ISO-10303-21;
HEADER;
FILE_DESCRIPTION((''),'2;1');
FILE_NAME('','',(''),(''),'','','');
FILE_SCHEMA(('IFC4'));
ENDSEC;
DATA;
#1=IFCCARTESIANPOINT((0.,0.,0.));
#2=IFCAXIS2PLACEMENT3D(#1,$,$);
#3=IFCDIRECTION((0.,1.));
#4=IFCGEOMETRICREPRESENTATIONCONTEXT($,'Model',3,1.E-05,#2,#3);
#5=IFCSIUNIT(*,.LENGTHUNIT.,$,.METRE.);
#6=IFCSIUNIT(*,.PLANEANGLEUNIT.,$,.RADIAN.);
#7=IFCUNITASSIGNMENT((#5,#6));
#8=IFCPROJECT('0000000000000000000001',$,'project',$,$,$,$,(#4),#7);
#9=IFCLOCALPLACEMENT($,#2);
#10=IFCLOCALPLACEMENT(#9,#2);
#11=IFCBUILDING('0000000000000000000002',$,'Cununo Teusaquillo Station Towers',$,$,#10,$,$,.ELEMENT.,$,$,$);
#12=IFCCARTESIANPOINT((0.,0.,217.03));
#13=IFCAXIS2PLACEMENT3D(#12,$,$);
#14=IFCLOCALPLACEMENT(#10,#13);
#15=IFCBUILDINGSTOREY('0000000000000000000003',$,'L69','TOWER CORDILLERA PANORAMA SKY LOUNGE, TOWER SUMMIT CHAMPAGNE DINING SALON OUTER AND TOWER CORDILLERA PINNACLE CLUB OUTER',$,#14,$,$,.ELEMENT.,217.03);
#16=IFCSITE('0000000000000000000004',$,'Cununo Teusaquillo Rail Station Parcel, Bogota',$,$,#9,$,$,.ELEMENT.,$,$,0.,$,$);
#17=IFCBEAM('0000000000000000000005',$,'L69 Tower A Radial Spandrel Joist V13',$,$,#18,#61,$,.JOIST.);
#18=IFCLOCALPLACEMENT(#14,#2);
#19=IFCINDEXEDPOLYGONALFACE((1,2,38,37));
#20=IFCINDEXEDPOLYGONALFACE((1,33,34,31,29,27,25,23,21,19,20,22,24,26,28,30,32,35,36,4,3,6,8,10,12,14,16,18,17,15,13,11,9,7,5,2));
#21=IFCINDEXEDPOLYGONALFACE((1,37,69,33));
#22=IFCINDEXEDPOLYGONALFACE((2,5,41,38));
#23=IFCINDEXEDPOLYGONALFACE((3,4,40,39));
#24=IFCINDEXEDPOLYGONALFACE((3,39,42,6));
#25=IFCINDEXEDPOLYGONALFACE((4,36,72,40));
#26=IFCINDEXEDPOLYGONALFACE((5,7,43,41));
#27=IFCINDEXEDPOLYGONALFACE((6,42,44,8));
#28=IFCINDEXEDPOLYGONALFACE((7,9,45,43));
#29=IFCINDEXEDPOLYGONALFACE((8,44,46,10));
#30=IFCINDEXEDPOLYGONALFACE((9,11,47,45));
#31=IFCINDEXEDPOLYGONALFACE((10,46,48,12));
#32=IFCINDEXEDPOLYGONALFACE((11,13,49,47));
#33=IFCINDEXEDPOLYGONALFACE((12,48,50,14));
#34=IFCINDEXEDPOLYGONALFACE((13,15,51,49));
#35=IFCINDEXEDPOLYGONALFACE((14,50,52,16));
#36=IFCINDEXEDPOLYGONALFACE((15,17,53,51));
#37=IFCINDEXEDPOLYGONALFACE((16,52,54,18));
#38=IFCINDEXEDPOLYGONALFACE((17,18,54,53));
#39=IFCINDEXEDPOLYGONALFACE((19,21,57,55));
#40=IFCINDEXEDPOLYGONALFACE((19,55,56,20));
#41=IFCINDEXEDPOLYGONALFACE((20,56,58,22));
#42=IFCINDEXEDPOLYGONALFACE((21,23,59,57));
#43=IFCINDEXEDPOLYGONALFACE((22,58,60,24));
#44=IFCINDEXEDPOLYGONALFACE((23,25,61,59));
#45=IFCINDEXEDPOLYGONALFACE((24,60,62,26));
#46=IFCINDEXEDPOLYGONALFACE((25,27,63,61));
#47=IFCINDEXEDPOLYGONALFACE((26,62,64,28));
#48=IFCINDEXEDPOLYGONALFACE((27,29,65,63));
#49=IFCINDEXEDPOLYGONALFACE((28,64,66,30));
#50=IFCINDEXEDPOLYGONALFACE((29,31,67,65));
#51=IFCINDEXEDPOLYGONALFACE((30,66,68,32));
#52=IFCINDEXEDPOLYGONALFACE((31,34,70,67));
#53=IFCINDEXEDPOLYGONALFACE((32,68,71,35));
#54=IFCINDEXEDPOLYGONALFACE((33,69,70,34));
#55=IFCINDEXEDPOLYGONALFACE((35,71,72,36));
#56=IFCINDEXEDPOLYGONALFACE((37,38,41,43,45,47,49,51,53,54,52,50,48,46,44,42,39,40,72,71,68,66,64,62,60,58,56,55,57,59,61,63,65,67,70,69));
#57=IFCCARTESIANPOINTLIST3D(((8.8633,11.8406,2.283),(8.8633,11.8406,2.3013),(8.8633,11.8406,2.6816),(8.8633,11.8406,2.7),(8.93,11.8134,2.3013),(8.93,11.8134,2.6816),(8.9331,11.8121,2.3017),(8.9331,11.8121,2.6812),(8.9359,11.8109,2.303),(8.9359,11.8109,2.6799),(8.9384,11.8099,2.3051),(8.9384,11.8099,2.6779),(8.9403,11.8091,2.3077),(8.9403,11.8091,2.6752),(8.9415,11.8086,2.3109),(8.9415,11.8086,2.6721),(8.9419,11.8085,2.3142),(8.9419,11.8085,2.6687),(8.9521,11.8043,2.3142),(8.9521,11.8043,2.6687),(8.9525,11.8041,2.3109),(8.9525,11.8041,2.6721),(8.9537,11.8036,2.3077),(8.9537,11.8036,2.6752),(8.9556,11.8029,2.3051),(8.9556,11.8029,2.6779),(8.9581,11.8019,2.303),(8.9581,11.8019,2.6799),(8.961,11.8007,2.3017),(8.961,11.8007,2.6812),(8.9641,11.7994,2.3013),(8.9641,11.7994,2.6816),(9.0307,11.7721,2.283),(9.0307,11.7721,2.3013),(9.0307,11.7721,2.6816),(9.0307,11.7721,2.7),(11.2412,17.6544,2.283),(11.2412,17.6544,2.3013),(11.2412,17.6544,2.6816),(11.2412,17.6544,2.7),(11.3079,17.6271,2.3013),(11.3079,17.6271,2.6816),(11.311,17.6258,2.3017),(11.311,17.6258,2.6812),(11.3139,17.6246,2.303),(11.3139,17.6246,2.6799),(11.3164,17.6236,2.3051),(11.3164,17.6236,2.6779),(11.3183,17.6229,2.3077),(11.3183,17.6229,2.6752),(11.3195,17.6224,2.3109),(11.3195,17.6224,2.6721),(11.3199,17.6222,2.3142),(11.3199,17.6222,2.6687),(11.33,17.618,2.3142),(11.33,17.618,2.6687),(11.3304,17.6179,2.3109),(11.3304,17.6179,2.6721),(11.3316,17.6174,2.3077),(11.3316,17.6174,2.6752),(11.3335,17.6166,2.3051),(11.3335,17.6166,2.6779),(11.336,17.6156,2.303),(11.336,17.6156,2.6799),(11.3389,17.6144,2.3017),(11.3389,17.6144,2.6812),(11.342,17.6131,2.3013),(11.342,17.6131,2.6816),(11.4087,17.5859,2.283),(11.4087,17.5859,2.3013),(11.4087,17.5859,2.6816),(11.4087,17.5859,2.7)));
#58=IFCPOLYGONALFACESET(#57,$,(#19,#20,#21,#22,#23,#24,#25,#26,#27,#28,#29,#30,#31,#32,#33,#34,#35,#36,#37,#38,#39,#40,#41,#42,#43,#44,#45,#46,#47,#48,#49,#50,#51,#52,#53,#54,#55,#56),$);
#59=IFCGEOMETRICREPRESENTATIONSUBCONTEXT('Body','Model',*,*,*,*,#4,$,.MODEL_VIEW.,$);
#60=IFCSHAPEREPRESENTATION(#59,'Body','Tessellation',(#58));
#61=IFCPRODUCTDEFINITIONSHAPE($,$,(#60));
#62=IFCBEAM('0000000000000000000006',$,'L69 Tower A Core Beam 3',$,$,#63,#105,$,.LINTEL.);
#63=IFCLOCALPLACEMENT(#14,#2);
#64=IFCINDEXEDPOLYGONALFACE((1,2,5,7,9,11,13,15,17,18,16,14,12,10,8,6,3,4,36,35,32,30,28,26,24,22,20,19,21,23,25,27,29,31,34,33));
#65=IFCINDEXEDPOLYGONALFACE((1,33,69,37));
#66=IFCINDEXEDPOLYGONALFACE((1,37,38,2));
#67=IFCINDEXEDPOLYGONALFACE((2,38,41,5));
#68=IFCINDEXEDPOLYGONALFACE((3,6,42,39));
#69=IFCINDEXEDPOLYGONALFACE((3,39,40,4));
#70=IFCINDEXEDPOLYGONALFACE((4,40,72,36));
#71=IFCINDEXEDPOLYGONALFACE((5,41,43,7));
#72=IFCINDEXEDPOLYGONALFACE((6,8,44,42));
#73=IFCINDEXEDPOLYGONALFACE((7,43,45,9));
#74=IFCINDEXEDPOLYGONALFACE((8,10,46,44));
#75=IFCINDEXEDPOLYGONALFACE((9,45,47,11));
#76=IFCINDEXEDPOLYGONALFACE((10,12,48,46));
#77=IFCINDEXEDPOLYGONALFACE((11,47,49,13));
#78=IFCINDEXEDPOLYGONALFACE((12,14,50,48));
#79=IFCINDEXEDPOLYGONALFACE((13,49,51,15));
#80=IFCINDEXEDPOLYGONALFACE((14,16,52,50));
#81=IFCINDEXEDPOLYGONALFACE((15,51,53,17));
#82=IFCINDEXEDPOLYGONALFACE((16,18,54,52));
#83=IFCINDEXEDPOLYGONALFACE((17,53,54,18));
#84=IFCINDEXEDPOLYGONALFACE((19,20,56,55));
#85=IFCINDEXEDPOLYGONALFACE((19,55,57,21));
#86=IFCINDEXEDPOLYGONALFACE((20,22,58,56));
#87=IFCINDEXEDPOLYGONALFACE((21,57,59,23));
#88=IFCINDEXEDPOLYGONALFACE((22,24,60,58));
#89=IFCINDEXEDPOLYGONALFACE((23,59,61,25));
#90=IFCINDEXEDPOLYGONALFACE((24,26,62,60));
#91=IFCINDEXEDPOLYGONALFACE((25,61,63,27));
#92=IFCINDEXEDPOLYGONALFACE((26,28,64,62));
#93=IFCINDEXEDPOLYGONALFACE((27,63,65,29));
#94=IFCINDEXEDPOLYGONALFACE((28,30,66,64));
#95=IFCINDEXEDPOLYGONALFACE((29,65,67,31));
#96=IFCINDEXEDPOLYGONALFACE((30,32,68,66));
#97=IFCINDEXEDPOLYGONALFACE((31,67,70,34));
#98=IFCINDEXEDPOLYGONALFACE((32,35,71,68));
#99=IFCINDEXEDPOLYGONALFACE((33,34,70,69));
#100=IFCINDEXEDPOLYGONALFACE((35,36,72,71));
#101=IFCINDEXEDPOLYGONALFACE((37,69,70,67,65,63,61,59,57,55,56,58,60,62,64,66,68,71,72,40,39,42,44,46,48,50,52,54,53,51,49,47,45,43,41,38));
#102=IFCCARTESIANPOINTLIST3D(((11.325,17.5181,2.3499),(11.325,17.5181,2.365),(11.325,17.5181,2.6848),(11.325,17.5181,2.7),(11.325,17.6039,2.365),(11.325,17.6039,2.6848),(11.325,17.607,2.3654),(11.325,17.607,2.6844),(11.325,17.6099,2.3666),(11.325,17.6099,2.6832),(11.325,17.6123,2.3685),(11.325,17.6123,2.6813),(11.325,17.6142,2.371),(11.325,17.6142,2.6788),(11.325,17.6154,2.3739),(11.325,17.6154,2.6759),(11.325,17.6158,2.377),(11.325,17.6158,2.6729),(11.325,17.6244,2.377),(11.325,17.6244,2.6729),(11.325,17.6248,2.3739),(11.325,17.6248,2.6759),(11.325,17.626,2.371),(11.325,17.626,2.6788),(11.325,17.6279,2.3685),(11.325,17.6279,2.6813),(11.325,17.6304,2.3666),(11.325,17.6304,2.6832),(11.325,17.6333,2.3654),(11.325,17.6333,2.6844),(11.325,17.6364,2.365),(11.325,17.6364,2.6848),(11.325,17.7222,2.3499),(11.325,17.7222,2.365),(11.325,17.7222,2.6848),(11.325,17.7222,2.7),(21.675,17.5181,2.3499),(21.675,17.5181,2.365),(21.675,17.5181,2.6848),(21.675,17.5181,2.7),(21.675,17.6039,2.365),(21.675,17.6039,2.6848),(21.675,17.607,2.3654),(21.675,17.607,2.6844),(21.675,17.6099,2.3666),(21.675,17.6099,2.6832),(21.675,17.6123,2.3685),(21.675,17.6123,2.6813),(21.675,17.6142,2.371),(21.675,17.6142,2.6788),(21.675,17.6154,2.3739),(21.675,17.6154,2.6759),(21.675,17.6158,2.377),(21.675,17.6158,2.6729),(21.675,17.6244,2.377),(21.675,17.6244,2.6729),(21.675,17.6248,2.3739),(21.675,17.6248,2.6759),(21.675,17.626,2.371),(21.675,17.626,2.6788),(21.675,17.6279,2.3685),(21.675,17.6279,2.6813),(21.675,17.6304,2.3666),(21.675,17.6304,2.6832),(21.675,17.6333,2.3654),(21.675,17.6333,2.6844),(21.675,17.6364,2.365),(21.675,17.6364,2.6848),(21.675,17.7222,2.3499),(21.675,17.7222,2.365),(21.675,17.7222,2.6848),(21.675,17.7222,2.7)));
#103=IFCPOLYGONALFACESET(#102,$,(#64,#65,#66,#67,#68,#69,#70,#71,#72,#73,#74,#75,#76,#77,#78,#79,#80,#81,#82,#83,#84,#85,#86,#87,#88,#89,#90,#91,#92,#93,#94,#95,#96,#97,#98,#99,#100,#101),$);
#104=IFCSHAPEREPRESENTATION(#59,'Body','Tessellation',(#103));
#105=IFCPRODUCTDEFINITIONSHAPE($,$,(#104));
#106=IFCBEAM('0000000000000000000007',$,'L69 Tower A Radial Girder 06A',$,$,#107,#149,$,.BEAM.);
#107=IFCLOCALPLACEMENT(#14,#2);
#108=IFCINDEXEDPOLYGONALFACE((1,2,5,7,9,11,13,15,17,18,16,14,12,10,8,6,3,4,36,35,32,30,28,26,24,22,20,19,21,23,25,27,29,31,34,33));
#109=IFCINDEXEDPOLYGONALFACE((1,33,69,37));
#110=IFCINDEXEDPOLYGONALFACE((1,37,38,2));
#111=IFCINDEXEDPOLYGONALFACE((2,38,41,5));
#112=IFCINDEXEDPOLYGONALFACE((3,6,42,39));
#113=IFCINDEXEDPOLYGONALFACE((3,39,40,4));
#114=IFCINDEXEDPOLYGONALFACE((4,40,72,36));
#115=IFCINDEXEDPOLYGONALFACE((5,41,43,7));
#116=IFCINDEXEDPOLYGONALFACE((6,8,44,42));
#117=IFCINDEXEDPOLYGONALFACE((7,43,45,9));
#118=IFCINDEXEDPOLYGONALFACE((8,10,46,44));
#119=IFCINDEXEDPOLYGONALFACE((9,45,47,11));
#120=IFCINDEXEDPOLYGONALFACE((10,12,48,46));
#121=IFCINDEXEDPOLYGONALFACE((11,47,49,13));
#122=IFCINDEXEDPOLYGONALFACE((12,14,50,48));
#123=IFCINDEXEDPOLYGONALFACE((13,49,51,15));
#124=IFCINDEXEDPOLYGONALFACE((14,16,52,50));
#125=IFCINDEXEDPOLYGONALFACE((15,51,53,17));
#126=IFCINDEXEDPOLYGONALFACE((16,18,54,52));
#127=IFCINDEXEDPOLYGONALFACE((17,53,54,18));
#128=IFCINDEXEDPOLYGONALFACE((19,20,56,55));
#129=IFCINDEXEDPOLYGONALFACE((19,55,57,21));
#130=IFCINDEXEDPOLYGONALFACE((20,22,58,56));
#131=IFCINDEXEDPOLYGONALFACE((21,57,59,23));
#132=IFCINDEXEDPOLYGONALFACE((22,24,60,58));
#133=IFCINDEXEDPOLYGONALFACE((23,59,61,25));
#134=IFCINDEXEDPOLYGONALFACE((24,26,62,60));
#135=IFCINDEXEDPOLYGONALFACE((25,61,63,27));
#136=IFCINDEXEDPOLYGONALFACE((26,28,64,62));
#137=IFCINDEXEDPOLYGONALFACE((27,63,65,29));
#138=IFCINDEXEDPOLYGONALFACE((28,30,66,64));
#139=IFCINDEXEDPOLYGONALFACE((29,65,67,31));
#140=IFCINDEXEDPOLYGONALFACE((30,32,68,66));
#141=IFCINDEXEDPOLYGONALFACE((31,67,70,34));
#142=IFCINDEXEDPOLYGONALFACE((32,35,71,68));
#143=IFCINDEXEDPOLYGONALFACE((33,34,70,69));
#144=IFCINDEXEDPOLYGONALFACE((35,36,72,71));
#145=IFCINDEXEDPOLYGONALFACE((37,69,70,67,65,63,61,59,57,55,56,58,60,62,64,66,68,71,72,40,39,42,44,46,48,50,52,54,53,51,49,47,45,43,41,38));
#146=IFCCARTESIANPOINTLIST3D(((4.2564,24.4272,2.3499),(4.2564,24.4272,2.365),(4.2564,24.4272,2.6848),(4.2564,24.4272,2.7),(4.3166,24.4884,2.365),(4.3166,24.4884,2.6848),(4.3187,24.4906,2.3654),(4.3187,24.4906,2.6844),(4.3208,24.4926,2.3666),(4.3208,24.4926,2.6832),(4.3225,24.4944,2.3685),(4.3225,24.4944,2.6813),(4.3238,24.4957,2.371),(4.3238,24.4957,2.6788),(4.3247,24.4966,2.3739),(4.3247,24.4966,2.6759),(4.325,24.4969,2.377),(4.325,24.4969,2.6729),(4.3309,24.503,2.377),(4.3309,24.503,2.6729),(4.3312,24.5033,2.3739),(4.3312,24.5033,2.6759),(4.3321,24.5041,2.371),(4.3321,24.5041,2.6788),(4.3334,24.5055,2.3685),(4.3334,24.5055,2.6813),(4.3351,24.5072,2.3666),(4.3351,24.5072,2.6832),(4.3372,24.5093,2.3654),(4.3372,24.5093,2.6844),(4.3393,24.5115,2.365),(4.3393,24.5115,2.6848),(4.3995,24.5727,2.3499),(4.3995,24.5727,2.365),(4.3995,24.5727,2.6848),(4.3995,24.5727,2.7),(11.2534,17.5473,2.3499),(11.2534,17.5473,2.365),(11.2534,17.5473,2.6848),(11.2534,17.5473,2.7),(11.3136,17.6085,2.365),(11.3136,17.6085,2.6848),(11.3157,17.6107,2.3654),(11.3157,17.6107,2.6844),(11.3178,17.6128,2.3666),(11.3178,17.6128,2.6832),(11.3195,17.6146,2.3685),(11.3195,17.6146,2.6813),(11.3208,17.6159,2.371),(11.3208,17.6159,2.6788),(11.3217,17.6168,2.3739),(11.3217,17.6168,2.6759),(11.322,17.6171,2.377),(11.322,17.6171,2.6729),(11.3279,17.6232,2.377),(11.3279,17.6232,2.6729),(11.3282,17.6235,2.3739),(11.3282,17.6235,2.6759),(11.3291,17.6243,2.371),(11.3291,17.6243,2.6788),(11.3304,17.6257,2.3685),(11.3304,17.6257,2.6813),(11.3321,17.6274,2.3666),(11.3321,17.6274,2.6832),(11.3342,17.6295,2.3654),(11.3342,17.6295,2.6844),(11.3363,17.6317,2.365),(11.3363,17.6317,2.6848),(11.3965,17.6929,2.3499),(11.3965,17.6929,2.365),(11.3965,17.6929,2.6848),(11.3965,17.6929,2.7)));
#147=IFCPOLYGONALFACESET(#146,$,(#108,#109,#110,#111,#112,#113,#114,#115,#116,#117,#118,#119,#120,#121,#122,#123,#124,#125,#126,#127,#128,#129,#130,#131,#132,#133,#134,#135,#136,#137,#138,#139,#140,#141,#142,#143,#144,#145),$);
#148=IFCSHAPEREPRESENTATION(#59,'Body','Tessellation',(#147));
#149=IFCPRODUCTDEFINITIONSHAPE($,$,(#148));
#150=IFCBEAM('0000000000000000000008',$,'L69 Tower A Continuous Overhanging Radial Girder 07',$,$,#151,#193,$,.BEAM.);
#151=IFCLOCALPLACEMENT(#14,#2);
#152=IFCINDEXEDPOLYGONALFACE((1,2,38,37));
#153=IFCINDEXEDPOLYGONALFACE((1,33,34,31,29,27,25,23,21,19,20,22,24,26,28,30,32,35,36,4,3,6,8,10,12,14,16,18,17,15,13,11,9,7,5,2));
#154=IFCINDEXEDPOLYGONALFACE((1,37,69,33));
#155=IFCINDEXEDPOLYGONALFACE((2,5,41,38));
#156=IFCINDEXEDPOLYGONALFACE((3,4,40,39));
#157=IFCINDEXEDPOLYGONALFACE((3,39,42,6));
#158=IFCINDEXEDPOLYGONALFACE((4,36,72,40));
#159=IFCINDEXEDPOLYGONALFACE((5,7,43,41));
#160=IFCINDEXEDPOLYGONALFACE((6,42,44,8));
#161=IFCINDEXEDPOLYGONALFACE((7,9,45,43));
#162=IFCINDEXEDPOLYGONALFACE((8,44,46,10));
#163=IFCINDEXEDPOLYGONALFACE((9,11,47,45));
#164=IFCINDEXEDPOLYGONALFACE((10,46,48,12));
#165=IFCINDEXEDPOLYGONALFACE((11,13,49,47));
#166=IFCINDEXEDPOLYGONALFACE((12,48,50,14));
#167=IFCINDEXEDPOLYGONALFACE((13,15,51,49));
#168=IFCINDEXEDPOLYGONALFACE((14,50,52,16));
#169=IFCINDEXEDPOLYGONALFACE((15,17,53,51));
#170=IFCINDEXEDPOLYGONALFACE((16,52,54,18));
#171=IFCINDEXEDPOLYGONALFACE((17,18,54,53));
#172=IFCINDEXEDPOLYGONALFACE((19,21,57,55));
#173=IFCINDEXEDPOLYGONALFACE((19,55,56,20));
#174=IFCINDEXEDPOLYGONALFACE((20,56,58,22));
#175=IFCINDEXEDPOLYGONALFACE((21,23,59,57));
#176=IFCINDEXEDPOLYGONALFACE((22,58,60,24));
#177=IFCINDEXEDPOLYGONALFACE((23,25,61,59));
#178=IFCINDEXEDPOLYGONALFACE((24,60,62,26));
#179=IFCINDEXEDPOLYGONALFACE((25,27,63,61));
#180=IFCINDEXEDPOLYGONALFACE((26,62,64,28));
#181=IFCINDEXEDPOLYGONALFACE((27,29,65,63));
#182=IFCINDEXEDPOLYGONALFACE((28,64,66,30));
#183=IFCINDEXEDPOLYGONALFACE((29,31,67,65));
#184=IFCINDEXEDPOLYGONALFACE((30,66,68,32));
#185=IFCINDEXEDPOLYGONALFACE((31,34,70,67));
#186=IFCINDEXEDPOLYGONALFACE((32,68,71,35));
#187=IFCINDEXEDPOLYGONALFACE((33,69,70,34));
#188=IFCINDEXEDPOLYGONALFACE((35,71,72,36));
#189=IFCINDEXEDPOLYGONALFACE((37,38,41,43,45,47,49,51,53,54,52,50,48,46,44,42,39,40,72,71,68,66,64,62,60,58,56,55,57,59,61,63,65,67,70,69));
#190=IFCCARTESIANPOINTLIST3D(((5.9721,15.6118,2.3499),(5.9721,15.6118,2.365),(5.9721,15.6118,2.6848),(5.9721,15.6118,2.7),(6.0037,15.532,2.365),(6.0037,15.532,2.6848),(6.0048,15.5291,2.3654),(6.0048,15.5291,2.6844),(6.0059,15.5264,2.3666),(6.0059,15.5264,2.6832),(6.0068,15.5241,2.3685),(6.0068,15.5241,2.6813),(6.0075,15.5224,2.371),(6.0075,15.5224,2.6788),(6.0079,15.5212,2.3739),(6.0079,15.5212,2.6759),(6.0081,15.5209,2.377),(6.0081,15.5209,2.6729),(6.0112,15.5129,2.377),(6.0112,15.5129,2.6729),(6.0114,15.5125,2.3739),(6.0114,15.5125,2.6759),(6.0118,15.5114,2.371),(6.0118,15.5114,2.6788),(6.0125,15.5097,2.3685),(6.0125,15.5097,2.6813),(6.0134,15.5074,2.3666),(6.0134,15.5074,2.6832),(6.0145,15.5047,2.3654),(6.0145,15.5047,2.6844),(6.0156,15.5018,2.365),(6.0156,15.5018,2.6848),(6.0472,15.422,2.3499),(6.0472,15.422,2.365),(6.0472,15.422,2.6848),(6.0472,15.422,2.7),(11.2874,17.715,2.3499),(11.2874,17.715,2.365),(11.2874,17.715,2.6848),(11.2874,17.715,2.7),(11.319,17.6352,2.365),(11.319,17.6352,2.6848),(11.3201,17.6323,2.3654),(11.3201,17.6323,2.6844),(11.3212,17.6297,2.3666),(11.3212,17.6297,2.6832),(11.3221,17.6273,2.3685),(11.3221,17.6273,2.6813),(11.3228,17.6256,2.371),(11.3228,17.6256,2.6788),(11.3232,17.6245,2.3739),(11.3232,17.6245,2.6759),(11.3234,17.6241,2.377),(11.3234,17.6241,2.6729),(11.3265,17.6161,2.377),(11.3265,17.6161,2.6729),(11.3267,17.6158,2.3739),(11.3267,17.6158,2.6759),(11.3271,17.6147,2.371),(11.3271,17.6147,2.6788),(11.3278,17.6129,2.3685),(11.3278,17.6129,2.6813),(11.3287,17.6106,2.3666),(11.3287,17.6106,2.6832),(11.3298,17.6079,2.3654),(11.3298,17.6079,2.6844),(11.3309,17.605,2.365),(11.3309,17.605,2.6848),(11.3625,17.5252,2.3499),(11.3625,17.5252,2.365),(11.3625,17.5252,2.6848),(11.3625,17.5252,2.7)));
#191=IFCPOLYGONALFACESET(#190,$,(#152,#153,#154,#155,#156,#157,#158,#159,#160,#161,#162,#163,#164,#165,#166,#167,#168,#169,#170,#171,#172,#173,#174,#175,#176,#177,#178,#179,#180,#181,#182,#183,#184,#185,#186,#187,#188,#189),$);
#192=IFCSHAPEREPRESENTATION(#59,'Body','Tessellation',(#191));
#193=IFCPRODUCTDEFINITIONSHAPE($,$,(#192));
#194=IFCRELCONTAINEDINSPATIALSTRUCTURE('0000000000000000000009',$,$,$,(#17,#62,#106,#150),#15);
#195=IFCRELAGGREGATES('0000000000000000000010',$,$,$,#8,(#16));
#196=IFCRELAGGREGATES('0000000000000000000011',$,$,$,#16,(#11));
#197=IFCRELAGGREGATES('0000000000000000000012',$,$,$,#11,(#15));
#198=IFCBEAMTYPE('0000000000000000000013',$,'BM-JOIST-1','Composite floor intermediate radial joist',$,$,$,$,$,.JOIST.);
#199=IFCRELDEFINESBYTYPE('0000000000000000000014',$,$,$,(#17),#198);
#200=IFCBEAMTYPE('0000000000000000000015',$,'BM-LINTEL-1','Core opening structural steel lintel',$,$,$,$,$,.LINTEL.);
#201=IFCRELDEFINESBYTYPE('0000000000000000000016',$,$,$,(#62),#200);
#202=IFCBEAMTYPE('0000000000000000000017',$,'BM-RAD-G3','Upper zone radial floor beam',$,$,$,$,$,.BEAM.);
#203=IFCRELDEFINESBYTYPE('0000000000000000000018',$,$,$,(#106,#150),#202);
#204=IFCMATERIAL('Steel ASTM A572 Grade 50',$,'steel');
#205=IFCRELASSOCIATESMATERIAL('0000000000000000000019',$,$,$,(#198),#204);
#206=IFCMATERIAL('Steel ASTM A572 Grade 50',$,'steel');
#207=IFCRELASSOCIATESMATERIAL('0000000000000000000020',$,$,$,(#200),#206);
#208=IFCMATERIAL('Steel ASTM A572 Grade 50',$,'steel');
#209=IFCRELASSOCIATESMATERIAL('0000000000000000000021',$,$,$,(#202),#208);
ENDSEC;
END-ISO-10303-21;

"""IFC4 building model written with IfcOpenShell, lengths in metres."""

from ifc_helpers import new_model, si_unit, direction, frame, origin, origin_2d, place, context, subcontext, project, spatial, i_section, extrude, material, material_profile, profile_set, type_object, element, save


model = new_model("IFC4")

# Units and contexts
model_context = context("Model", 3, precision=1e-05, world=origin(), true_north=direction((0.0, 1.0)))
body_context = subcontext(model_context, "Body", "Model", "MODEL_VIEW")
ifc_project = project(units=[si_unit("LENGTHUNIT", "METRE"), si_unit("PLANEANGLEUNIT", "RADIAN")], contexts=[model_context])

# Site, building, storey
site_placement = place(None, origin())
site = spatial("IfcSite", under=ifc_project, at=site_placement, Name="Cununo Teusaquillo Rail Station Parcel, Bogota", CompositionType="ELEMENT", RefElevation=0.0)
building_placement = place(site_placement, origin())
building = spatial("IfcBuilding", under=site, at=building_placement, Name="Cununo Teusaquillo Station Towers", CompositionType="ELEMENT")
storey_placement = place(building_placement, frame((0.0, 0.0, 217.03)))
storey = spatial("IfcBuildingStorey", under=building, at=storey_placement, Name="L69", Description="TOWER CORDILLERA PANORAMA SKY LOUNGE, TOWER SUMMIT CHAMPAGNE DINING SALON OUTER AND TOWER CORDILLERA PINNACLE CLUB OUTER", CompositionType="ELEMENT", Elevation=217.03)

# Beams
ifc_material_1 = material(Name="Steel ASTM A572 Grade 50", Category="steel")
ifc_material_profile_1 = material_profile(ifc_material_1, i_section(OverallWidth=0.1809, OverallDepth=0.417, WebThickness=0.011, FlangeThickness=0.0183, FilletRadius=0.0129, at=origin_2d()), Name="W16X57")
ifc_profile_set_1 = profile_set([ifc_material_profile_1], Name="Steel ASTM A572 Grade 50")
beam_type_1 = type_object("IfcBeamType", Name="BM-JOIST-1", Description="Composite floor intermediate radial joist", PredefinedType="JOIST", material=ifc_profile_set_1)
beam_1_placement = place(storey_placement, frame((11.325, 17.6201, 2.4915), z_axis=(-0.378577, -0.92557, 0.0), x_axis=(0.92557, -0.378577, 0.0)))
element("IfcBeam", 1, at=beam_1_placement, inside=storey, type_object=beam_type_1, Name="L69 Tower A Radial Spandrel Joist V13", PredefinedType="JOIST", context=body_context, shape_type="SweptSolid", body=[
    extrude(i_section(OverallWidth=0.1809, OverallDepth=0.417, WebThickness=0.011, FlangeThickness=0.0183, FilletRadius=0.0129, at=origin_2d()), origin(), (0.0, 0.0, 1.0), 6.2812),
])
ifc_material_2 = material(Name="Steel ASTM A572 Grade 50", Category="steel")
ifc_material_profile_2 = material_profile(ifc_material_2, i_section(OverallWidth=0.2041, OverallDepth=0.3501, WebThickness=0.0085, FlangeThickness=0.0151, FilletRadius=0.012, at=origin_2d()), Name="W14X48")
ifc_profile_set_2 = profile_set([ifc_material_profile_2], Name="Steel ASTM A572 Grade 50")
beam_type_2 = type_object("IfcBeamType", Name="BM-LINTEL-1", Description="Core opening structural steel lintel", PredefinedType="LINTEL", material=ifc_profile_set_2)
beam_2_placement = place(storey_placement, frame((11.325, 17.6201, 2.5249), z_axis=(1.0, 0.0, 0.0), x_axis=(0.0, 1.0, 0.0)))
element("IfcBeam", 2, at=beam_2_placement, inside=storey, type_object=beam_type_2, Name="L69 Tower A Core Beam 3", PredefinedType="LINTEL", context=body_context, shape_type="SweptSolid", body=[
    extrude(i_section(OverallWidth=0.2041, OverallDepth=0.3501, WebThickness=0.0085, FlangeThickness=0.0151, FilletRadius=0.012, at=origin_2d()), origin(), (0.0, 0.0, 1.0), 10.3501),
])
ifc_material_3 = material(Name="Steel ASTM A572 Grade 50", Category="steel")
ifc_material_profile_3 = material_profile(ifc_material_3, i_section(OverallWidth=0.2041, OverallDepth=0.3501, WebThickness=0.0085, FlangeThickness=0.0151, FilletRadius=0.012, at=origin_2d()), Name="W14X48")
ifc_profile_set_3 = profile_set([ifc_material_profile_3], Name="Steel ASTM A572 Grade 50")
beam_type_3 = type_object("IfcBeamType", Name="BM-RAD-G3", Description="Upper zone radial floor beam", PredefinedType="BEAM", material=ifc_profile_set_3)
beam_3_placement = place(storey_placement, frame((11.325, 17.6201, 2.5249), z_axis=(-0.713053, 0.70111, 0.0), x_axis=(-0.70111, -0.713053, 0.0)))
element("IfcBeam", 3, at=beam_3_placement, inside=storey, type_object=beam_type_3, Name="L69 Tower A Radial Girder 06A", PredefinedType="BEAM", context=body_context, shape_type="SweptSolid", body=[
    extrude(i_section(OverallWidth=0.2041, OverallDepth=0.3501, WebThickness=0.0085, FlangeThickness=0.0151, FilletRadius=0.012, at=origin_2d()), origin(), (0.0, 0.0, 1.0), 9.8127),
])
beam_4_placement = place(storey_placement, frame((11.325, 17.6201, 2.5249), z_axis=(-0.929852, -0.367935, 0.0), x_axis=(0.367935, -0.929852, 0.0)))
element("IfcBeam", 4, at=beam_4_placement, inside=storey, type_object=beam_type_3, Name="L69 Tower A Continuous Overhanging Radial Girder 07", PredefinedType="BEAM", context=body_context, shape_type="SweptSolid", body=[
    extrude(i_section(OverallWidth=0.2041, OverallDepth=0.3501, WebThickness=0.0085, FlangeThickness=0.0151, FilletRadius=0.012, at=origin_2d()), origin(), (0.0, 0.0, 1.0), 5.7163),
])

save(model, "model.ifc")
